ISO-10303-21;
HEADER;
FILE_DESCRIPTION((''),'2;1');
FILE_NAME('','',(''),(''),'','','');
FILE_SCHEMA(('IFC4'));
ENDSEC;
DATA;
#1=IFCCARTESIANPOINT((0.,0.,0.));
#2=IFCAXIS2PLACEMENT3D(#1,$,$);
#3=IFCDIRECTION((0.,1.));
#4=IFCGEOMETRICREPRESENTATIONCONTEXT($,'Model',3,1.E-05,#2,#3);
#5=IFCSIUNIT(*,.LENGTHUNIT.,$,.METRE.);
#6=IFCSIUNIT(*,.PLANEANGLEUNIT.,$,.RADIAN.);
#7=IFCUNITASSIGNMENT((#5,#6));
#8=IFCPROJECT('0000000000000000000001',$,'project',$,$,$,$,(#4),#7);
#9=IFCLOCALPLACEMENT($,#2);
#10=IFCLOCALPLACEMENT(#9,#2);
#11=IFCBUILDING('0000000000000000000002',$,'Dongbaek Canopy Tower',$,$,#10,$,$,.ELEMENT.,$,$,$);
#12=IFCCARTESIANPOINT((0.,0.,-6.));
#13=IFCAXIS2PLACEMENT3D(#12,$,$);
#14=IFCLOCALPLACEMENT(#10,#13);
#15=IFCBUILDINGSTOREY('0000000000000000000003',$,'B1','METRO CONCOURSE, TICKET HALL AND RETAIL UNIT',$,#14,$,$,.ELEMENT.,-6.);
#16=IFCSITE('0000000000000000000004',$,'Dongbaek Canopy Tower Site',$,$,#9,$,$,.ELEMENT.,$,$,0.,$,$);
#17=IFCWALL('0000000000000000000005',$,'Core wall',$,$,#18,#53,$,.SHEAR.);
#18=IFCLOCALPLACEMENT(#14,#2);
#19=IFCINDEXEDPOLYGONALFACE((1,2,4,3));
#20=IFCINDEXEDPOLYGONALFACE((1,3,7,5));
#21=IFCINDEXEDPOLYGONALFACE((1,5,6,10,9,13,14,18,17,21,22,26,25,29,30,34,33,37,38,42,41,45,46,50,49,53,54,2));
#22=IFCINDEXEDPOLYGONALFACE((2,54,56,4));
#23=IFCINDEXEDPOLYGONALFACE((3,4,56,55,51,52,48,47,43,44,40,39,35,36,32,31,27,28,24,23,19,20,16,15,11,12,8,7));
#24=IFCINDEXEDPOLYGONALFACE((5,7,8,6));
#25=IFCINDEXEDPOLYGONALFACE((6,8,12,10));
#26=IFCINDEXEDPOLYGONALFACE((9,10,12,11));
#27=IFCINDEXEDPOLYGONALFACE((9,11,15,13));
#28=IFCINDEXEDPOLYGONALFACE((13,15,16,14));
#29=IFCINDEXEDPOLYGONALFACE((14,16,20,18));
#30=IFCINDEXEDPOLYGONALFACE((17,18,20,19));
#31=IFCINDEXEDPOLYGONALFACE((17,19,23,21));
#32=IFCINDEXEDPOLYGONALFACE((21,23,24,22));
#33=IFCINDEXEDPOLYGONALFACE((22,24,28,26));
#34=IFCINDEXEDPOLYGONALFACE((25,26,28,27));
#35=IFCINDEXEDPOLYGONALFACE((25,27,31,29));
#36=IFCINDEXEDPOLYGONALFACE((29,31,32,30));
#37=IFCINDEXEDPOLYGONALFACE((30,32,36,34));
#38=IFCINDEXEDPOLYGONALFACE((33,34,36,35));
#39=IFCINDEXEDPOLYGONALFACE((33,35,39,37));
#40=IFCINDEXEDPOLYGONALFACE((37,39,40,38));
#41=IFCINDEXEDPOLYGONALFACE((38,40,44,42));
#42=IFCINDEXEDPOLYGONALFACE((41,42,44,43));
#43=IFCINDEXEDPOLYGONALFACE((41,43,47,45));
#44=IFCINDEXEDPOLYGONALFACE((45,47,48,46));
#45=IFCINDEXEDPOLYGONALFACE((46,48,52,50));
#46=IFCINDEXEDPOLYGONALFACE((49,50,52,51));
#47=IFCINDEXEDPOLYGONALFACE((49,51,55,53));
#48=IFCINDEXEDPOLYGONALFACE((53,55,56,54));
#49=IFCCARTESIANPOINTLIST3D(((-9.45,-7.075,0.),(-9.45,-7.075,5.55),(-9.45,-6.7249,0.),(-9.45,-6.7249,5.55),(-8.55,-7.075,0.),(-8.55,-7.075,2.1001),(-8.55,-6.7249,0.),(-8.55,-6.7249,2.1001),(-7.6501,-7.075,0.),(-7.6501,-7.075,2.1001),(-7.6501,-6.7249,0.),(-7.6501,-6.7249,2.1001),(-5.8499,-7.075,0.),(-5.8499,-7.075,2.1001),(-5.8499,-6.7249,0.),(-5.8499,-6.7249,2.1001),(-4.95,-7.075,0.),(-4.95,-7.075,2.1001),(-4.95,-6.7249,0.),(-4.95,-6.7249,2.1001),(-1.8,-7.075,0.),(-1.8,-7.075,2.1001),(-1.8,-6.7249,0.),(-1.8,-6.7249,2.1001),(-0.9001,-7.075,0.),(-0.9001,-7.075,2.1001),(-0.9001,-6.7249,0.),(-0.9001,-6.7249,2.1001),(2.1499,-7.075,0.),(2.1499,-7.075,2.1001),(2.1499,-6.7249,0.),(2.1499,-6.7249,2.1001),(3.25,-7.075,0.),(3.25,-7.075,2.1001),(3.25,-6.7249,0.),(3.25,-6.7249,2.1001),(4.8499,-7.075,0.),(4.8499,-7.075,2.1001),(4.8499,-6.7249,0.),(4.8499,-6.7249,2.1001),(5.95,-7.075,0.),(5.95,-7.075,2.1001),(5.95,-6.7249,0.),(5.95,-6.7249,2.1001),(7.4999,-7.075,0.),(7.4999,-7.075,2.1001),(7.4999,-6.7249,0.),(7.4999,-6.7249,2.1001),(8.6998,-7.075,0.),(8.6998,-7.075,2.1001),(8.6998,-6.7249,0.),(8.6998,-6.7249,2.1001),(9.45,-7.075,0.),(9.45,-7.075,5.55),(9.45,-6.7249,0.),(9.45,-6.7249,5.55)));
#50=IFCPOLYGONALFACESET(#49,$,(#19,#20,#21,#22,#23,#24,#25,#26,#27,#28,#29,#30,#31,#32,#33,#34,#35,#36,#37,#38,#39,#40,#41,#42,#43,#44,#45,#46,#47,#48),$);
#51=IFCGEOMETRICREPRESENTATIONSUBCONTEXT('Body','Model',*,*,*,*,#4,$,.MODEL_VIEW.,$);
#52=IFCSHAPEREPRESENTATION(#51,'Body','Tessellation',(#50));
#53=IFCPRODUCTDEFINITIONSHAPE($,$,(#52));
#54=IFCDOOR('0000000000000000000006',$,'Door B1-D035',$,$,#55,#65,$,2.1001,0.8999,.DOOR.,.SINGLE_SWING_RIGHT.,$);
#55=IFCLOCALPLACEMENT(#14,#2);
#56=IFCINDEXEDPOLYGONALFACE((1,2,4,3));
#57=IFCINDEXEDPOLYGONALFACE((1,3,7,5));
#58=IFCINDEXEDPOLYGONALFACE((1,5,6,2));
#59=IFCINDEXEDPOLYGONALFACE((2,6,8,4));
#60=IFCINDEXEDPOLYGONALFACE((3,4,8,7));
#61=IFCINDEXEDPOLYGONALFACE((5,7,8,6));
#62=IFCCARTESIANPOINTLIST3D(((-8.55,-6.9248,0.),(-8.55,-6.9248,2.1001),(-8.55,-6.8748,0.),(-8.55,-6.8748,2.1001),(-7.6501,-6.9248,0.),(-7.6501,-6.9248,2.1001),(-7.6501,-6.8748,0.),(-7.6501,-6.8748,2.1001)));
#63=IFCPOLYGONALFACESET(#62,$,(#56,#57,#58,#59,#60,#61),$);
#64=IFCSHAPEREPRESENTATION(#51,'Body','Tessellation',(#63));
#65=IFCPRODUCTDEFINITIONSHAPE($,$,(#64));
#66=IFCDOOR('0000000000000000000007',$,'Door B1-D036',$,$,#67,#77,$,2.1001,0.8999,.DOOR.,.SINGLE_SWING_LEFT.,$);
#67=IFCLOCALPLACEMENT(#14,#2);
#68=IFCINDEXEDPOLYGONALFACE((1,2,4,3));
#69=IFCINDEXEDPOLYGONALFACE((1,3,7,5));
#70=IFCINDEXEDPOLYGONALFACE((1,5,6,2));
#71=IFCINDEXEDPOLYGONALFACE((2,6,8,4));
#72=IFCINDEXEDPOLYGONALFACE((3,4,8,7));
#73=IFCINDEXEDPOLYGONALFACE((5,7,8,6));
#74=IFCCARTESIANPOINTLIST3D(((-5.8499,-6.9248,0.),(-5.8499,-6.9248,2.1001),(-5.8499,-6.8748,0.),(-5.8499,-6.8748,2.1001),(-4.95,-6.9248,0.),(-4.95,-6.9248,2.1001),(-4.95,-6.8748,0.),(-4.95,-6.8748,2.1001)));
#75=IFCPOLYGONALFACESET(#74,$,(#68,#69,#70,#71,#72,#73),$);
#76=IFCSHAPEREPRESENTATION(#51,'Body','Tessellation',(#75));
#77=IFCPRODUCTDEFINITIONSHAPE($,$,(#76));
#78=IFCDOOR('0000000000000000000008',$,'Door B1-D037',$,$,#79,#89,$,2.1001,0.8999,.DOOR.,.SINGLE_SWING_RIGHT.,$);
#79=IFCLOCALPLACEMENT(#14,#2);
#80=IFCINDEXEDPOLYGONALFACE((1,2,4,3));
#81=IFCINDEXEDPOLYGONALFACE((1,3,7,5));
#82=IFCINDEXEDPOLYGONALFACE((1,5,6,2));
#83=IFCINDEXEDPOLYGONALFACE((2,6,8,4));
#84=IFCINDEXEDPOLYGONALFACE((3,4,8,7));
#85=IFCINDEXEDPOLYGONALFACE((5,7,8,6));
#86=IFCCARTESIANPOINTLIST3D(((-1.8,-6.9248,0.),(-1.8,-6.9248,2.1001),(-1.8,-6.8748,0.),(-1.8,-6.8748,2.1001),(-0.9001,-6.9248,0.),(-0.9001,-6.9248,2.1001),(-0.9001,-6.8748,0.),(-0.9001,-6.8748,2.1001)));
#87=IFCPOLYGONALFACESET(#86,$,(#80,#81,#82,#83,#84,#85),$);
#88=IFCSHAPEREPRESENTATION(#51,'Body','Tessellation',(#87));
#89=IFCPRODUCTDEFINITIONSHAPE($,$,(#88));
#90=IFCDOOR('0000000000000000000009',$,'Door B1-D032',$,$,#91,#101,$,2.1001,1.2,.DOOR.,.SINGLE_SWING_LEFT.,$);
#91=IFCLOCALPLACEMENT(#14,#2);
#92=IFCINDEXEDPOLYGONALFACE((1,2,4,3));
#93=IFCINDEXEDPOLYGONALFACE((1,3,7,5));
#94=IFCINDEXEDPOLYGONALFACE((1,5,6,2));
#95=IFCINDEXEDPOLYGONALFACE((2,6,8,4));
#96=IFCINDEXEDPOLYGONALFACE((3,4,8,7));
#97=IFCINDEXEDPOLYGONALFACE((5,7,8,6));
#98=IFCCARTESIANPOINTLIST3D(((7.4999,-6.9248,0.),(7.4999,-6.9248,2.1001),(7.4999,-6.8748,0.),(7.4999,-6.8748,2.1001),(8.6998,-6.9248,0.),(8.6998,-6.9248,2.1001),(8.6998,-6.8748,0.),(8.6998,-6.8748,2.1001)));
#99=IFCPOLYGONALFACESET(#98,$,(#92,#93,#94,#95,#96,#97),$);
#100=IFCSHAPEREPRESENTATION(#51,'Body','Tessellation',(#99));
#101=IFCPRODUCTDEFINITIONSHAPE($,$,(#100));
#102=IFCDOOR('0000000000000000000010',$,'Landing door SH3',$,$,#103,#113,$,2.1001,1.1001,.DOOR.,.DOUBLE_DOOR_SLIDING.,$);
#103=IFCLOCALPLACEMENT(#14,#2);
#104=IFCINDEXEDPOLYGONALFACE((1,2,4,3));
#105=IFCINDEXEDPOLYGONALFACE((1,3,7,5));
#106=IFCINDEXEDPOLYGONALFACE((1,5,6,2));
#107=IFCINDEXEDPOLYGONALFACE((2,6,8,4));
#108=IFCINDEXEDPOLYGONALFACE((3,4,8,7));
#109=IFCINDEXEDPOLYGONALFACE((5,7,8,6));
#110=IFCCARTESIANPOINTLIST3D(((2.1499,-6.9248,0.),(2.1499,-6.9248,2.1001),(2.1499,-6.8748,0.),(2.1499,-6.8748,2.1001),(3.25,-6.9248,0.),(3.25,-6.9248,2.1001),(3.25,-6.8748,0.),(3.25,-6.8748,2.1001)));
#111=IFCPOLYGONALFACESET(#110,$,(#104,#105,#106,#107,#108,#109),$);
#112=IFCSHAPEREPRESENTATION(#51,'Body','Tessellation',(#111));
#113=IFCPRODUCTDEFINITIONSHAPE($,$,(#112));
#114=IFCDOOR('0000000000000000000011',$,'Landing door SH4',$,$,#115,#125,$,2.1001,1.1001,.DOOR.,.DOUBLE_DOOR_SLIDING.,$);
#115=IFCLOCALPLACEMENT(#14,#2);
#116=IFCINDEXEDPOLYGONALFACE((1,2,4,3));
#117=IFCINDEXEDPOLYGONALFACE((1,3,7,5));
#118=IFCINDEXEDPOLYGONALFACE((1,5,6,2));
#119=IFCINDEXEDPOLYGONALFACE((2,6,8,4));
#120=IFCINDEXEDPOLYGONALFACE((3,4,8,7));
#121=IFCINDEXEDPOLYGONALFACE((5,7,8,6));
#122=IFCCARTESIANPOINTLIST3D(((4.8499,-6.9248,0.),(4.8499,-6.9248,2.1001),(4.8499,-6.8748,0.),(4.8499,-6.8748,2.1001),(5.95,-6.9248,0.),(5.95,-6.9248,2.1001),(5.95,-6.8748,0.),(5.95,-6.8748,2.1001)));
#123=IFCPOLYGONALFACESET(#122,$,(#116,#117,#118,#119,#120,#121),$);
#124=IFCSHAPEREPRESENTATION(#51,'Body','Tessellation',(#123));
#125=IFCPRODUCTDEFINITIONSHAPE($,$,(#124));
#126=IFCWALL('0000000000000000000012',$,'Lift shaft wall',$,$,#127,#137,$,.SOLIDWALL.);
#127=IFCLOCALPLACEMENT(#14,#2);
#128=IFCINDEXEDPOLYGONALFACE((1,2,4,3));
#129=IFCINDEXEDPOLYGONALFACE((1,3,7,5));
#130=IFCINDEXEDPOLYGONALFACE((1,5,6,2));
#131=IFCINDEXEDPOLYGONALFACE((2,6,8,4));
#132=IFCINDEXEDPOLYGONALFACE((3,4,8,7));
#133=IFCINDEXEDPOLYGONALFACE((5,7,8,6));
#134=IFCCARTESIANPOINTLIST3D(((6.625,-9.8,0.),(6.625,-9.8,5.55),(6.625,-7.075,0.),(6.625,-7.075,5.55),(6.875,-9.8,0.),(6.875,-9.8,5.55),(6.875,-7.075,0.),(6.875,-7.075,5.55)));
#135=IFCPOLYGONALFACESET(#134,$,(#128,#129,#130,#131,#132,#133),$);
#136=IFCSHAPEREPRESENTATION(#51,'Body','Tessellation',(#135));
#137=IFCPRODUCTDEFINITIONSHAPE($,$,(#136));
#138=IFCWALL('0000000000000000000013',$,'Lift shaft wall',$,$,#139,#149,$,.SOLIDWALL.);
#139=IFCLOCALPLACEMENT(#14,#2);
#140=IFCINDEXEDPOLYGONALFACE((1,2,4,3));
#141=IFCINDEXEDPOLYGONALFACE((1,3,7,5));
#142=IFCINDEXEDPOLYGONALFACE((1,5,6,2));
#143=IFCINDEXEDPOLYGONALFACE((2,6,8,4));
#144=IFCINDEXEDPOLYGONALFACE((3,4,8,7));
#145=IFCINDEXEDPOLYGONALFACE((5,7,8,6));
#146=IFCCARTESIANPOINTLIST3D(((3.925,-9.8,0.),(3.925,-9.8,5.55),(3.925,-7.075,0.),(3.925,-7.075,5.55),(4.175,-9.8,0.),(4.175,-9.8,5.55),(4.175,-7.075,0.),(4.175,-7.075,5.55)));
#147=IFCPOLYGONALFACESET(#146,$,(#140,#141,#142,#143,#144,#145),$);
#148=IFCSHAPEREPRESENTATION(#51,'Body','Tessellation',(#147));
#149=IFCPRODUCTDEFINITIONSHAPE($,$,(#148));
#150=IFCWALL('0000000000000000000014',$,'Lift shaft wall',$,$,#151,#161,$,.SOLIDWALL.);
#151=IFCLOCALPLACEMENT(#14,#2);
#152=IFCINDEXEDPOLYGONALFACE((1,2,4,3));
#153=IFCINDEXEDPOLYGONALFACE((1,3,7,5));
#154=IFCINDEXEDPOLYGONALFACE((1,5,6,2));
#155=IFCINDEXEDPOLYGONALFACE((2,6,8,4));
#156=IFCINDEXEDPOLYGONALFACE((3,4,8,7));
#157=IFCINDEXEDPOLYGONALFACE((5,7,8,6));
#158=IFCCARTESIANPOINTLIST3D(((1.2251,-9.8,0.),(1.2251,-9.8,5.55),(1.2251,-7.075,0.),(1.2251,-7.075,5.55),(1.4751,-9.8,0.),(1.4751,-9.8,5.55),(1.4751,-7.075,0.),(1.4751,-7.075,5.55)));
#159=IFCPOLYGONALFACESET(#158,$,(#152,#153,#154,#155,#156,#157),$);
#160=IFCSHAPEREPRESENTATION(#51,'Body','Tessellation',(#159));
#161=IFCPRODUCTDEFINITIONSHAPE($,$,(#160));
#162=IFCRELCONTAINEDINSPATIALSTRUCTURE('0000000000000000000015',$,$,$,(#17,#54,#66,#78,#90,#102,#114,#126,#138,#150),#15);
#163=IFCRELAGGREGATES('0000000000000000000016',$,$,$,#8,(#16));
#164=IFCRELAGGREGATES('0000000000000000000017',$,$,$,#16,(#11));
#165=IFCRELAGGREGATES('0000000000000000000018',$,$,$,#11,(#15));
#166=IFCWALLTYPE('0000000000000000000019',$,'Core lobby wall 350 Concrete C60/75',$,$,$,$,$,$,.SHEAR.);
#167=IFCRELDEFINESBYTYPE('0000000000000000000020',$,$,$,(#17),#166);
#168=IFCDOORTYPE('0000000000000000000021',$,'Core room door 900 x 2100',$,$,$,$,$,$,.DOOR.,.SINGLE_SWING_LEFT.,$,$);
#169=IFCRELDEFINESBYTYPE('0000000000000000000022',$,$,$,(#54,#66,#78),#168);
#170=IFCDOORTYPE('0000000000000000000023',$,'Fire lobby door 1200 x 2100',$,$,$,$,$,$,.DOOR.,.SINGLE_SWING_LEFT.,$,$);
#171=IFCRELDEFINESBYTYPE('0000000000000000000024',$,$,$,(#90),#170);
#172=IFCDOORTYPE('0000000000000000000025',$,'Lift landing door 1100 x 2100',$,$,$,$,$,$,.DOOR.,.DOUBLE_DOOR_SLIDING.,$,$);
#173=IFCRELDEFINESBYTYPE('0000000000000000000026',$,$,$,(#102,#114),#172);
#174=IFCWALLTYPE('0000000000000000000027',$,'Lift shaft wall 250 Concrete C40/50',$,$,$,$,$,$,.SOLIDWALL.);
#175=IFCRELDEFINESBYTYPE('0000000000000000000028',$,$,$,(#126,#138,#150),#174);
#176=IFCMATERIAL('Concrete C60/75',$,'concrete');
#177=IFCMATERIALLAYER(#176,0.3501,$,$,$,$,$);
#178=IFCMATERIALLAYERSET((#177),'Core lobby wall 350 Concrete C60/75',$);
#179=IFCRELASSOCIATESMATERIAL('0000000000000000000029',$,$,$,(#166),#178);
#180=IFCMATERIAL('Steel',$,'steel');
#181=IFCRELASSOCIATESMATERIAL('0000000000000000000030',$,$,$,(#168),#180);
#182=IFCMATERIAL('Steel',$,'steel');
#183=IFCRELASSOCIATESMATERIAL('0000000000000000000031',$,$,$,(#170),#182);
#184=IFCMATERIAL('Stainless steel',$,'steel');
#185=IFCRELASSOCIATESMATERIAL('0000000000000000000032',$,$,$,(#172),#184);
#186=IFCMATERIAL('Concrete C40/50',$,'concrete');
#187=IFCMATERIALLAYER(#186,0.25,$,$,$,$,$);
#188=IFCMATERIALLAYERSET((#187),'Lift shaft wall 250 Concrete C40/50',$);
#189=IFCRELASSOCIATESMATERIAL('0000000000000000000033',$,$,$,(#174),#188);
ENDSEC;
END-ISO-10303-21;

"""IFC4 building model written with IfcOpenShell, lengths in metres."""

from ifc_helpers import new_model, si_unit, direction, frame, frame_2d, origin, place, context, subcontext, project, spatial, rectangle, extrude, material, layer, layer_set, type_object, element, fill, save


model = new_model("IFC4")

# Units and contexts
model_context = context("Model", 3, precision=1e-05, world=origin(), true_north=direction((0.0, 1.0)))
body_context = subcontext(model_context, "Body", "Model", "MODEL_VIEW")
ifc_project = project(units=[si_unit("LENGTHUNIT", "METRE"), si_unit("PLANEANGLEUNIT", "RADIAN")], contexts=[model_context])

# Site, building, storey
site_placement = place(None, origin())
site = spatial("IfcSite", under=ifc_project, at=site_placement, Name="Dongbaek Canopy Tower Site", CompositionType="ELEMENT", RefElevation=0.0)
building_placement = place(site_placement, origin())
building = spatial("IfcBuilding", under=site, at=building_placement, Name="Dongbaek Canopy Tower", CompositionType="ELEMENT")
storey_placement = place(building_placement, frame((0.0, 0.0, -6.0)))
storey = spatial("IfcBuildingStorey", under=building, at=storey_placement, Name="B1", Description="METRO CONCOURSE, TICKET HALL AND RETAIL UNIT", CompositionType="ELEMENT", Elevation=-6.0)

# Wall, openings, doors
ifc_material_1 = material(Name="Concrete C60/75", Category="concrete")
ifc_layer_1 = layer(ifc_material_1, 0.3501)
ifc_layer_set_1 = layer_set([ifc_layer_1], Name="Core lobby wall 350 Concrete C60/75")
wall_type_1 = type_object("IfcWallType", Name="Core lobby wall 350 Concrete C60/75", PredefinedType="SHEAR", material=ifc_layer_set_1)
wall_1_placement = place(storey_placement, frame((9.45, -6.8999, 0.0), z_axis=(0.0, 0.0, 1.0), x_axis=(-1.0, 0.0, 0.0)))
wall_1 = element("IfcWall", 1, at=wall_1_placement, inside=storey, type_object=wall_type_1, Name="Core wall", PredefinedType="SHEAR", context=body_context, shape_type="SweptSolid", body=[
    extrude(rectangle(XDim=18.8999, YDim=0.3501, at=frame_2d((9.45, 0.0))), origin(), (0.0, 0.0, 1.0), 5.55),
])
opening_1_placement = place(wall_1_placement, frame((6.2, 0.0, 0.0)))
opening_1 = element("IfcOpeningElement", 2, at=opening_1_placement, cuts=wall_1, PredefinedType="OPENING", context=body_context, shape_type="SweptSolid", body=[
    extrude(rectangle(XDim=1.1001, YDim=2.1001, at=frame_2d((0.55, 1.05))), frame((0.0, 0.1851, 0.0), z_axis=(0.0, -1.0, 0.0), x_axis=(1.0, 0.0, 0.0)), (0.0, 0.0, 1.0), 0.3701),
])
opening_2_placement = place(wall_1_placement, frame((3.5, 0.0, 0.0)))
opening_2 = element("IfcOpeningElement", 3, at=opening_2_placement, cuts=wall_1, PredefinedType="OPENING", context=body_context, shape_type="SweptSolid", body=[
    extrude(rectangle(XDim=1.1001, YDim=2.1001, at=frame_2d((0.55, 1.05))), frame((0.0, 0.1851, 0.0), z_axis=(0.0, -1.0, 0.0), x_axis=(1.0, 0.0, 0.0)), (0.0, 0.0, 1.0), 0.3701),
])
opening_3_placement = place(wall_1_placement, frame((0.75, 0.0, 0.0)))
opening_3 = element("IfcOpeningElement", 4, at=opening_3_placement, cuts=wall_1, PredefinedType="OPENING", context=body_context, shape_type="SweptSolid", body=[
    extrude(rectangle(XDim=1.2, YDim=2.1001, at=frame_2d((0.6001, 1.05))), frame((0.0, 0.1851, 0.0), z_axis=(0.0, -1.0, 0.0), x_axis=(1.0, 0.0, 0.0)), (0.0, 0.0, 1.0), 0.3701),
])
opening_4_placement = place(wall_1_placement, frame((17.1001, 0.0, 0.0)))
opening_4 = element("IfcOpeningElement", 5, at=opening_4_placement, cuts=wall_1, PredefinedType="OPENING", context=body_context, shape_type="SweptSolid", body=[
    extrude(rectangle(XDim=0.8999, YDim=2.1001, at=frame_2d((0.45, 1.05))), frame((0.0, 0.1851, 0.0), z_axis=(0.0, -1.0, 0.0), x_axis=(1.0, 0.0, 0.0)), (0.0, 0.0, 1.0), 0.3701),
])
opening_5_placement = place(wall_1_placement, frame((14.3999, 0.0, 0.0)))
opening_5 = element("IfcOpeningElement", 6, at=opening_5_placement, cuts=wall_1, PredefinedType="OPENING", context=body_context, shape_type="SweptSolid", body=[
    extrude(rectangle(XDim=0.8999, YDim=2.1001, at=frame_2d((0.45, 1.05))), frame((0.0, 0.1851, 0.0), z_axis=(0.0, -1.0, 0.0), x_axis=(1.0, 0.0, 0.0)), (0.0, 0.0, 1.0), 0.3701),
])
opening_6_placement = place(wall_1_placement, frame((10.3501, 0.0, 0.0)))
opening_6 = element("IfcOpeningElement", 7, at=opening_6_placement, cuts=wall_1, PredefinedType="OPENING", context=body_context, shape_type="SweptSolid", body=[
    extrude(rectangle(XDim=0.8999, YDim=2.1001, at=frame_2d((0.45, 1.05))), frame((0.0, 0.1851, 0.0), z_axis=(0.0, -1.0, 0.0), x_axis=(1.0, 0.0, 0.0)), (0.0, 0.0, 1.0), 0.3701),
])
ifc_material_2 = material(Name="Steel", Category="steel")
door_type_1 = type_object("IfcDoorType", Name="Core room door 900 x 2100", OperationType="SINGLE_SWING_LEFT", PredefinedType="DOOR", material=ifc_material_2)
door_1_placement = place(opening_4_placement, origin())
door_1 = element("IfcDoor", 8, at=door_1_placement, inside=storey, type_object=door_type_1, Name="Door B1-D035", OperationType="SINGLE_SWING_RIGHT", OverallHeight=2.1001, OverallWidth=0.8999, PredefinedType="DOOR", context=body_context, shape_type="SweptSolid", body=[
    extrude(rectangle(XDim=0.8999, YDim=2.1001, at=frame_2d((0.45, 1.05))), frame((0.0, 0.0249, 0.0), z_axis=(0.0, -1.0, 0.0), x_axis=(1.0, 0.0, 0.0)), (0.0, 0.0, 1.0), 0.05),
])
fill(opening_4, door_1)
door_2_placement = place(opening_5_placement, origin())
door_2 = element("IfcDoor", 9, at=door_2_placement, inside=storey, type_object=door_type_1, Name="Door B1-D036", OperationType="SINGLE_SWING_LEFT", OverallHeight=2.1001, OverallWidth=0.8999, PredefinedType="DOOR", context=body_context, shape_type="SweptSolid", body=[
    extrude(rectangle(XDim=0.8999, YDim=2.1001, at=frame_2d((0.45, 1.05))), frame((0.0, 0.0249, 0.0), z_axis=(0.0, -1.0, 0.0), x_axis=(1.0, 0.0, 0.0)), (0.0, 0.0, 1.0), 0.05),
])
fill(opening_5, door_2)
door_3_placement = place(opening_6_placement, origin())
door_3 = element("IfcDoor", 10, at=door_3_placement, inside=storey, type_object=door_type_1, Name="Door B1-D037", OperationType="SINGLE_SWING_RIGHT", OverallHeight=2.1001, OverallWidth=0.8999, PredefinedType="DOOR", context=body_context, shape_type="SweptSolid", body=[
    extrude(rectangle(XDim=0.8999, YDim=2.1001, at=frame_2d((0.45, 1.05))), frame((0.0, 0.0249, 0.0), z_axis=(0.0, -1.0, 0.0), x_axis=(1.0, 0.0, 0.0)), (0.0, 0.0, 1.0), 0.05),
])
fill(opening_6, door_3)
ifc_material_3 = material(Name="Steel", Category="steel")
door_type_2 = type_object("IfcDoorType", Name="Fire lobby door 1200 x 2100", OperationType="SINGLE_SWING_LEFT", PredefinedType="DOOR", material=ifc_material_3)
door_4_placement = place(opening_3_placement, origin())
door_4 = element("IfcDoor", 11, at=door_4_placement, inside=storey, type_object=door_type_2, Name="Door B1-D032", OperationType="SINGLE_SWING_LEFT", OverallHeight=2.1001, OverallWidth=1.2, PredefinedType="DOOR", context=body_context, shape_type="SweptSolid", body=[
    extrude(rectangle(XDim=1.2, YDim=2.1001, at=frame_2d((0.6001, 1.05))), frame((0.0, 0.0249, 0.0), z_axis=(0.0, -1.0, 0.0), x_axis=(1.0, 0.0, 0.0)), (0.0, 0.0, 1.0), 0.05),
])
fill(opening_3, door_4)
ifc_material_4 = material(Name="Stainless steel", Category="steel")
door_type_3 = type_object("IfcDoorType", Name="Lift landing door 1100 x 2100", OperationType="DOUBLE_DOOR_SLIDING", PredefinedType="DOOR", material=ifc_material_4)
door_5_placement = place(opening_1_placement, origin())
door_5 = element("IfcDoor", 12, at=door_5_placement, inside=storey, type_object=door_type_3, Name="Landing door SH3", OperationType="DOUBLE_DOOR_SLIDING", OverallHeight=2.1001, OverallWidth=1.1001, PredefinedType="DOOR", context=body_context, shape_type="SweptSolid", body=[
    extrude(rectangle(XDim=1.1001, YDim=2.1001, at=frame_2d((0.55, 1.05))), frame((0.0, 0.0249, 0.0), z_axis=(0.0, -1.0, 0.0), x_axis=(1.0, 0.0, 0.0)), (0.0, 0.0, 1.0), 0.05),
])
fill(opening_1, door_5)
door_6_placement = place(opening_2_placement, origin())
door_6 = element("IfcDoor", 13, at=door_6_placement, inside=storey, type_object=door_type_3, Name="Landing door SH4", OperationType="DOUBLE_DOOR_SLIDING", OverallHeight=2.1001, OverallWidth=1.1001, PredefinedType="DOOR", context=body_context, shape_type="SweptSolid", body=[
    extrude(rectangle(XDim=1.1001, YDim=2.1001, at=frame_2d((0.55, 1.05))), frame((0.0, 0.0249, 0.0), z_axis=(0.0, -1.0, 0.0), x_axis=(1.0, 0.0, 0.0)), (0.0, 0.0, 1.0), 0.05),
])
fill(opening_2, door_6)

# Walls
ifc_material_5 = material(Name="Concrete C40/50", Category="concrete")
ifc_layer_2 = layer(ifc_material_5, 0.25)
ifc_layer_set_2 = layer_set([ifc_layer_2], Name="Lift shaft wall 250 Concrete C40/50")
wall_type_2 = type_object("IfcWallType", Name="Lift shaft wall 250 Concrete C40/50", PredefinedType="SOLIDWALL", material=ifc_layer_set_2)
for number, where, z_axis, x_axis, name in (
    (14, (6.75, -9.8, 0.0), (0.0, 0.0, 1.0), (0.0, 1.0, 0.0), "Lift shaft wall"),
    (15, (4.05, -9.8, 0.0), (0.0, 0.0, 1.0), (0.0, 1.0, 0.0), "Lift shaft wall"),
    (16, (1.3501, -9.8, 0.0), (0.0, 0.0, 1.0), (0.0, 1.0, 0.0), "Lift shaft wall"),
):
    element("IfcWall", number, at=place(storey_placement, frame(where, z_axis=z_axis, x_axis=x_axis)), inside=storey, type_object=wall_type_2, Name=name, PredefinedType="SOLIDWALL", context=body_context, shape_type="SweptSolid", body=[
        extrude(rectangle(XDim=2.7251, YDim=0.25, at=frame_2d((1.3625, 0.0))), origin(), (0.0, 0.0, 1.0), 5.55),
    ])

save(model, "model.ifc")
